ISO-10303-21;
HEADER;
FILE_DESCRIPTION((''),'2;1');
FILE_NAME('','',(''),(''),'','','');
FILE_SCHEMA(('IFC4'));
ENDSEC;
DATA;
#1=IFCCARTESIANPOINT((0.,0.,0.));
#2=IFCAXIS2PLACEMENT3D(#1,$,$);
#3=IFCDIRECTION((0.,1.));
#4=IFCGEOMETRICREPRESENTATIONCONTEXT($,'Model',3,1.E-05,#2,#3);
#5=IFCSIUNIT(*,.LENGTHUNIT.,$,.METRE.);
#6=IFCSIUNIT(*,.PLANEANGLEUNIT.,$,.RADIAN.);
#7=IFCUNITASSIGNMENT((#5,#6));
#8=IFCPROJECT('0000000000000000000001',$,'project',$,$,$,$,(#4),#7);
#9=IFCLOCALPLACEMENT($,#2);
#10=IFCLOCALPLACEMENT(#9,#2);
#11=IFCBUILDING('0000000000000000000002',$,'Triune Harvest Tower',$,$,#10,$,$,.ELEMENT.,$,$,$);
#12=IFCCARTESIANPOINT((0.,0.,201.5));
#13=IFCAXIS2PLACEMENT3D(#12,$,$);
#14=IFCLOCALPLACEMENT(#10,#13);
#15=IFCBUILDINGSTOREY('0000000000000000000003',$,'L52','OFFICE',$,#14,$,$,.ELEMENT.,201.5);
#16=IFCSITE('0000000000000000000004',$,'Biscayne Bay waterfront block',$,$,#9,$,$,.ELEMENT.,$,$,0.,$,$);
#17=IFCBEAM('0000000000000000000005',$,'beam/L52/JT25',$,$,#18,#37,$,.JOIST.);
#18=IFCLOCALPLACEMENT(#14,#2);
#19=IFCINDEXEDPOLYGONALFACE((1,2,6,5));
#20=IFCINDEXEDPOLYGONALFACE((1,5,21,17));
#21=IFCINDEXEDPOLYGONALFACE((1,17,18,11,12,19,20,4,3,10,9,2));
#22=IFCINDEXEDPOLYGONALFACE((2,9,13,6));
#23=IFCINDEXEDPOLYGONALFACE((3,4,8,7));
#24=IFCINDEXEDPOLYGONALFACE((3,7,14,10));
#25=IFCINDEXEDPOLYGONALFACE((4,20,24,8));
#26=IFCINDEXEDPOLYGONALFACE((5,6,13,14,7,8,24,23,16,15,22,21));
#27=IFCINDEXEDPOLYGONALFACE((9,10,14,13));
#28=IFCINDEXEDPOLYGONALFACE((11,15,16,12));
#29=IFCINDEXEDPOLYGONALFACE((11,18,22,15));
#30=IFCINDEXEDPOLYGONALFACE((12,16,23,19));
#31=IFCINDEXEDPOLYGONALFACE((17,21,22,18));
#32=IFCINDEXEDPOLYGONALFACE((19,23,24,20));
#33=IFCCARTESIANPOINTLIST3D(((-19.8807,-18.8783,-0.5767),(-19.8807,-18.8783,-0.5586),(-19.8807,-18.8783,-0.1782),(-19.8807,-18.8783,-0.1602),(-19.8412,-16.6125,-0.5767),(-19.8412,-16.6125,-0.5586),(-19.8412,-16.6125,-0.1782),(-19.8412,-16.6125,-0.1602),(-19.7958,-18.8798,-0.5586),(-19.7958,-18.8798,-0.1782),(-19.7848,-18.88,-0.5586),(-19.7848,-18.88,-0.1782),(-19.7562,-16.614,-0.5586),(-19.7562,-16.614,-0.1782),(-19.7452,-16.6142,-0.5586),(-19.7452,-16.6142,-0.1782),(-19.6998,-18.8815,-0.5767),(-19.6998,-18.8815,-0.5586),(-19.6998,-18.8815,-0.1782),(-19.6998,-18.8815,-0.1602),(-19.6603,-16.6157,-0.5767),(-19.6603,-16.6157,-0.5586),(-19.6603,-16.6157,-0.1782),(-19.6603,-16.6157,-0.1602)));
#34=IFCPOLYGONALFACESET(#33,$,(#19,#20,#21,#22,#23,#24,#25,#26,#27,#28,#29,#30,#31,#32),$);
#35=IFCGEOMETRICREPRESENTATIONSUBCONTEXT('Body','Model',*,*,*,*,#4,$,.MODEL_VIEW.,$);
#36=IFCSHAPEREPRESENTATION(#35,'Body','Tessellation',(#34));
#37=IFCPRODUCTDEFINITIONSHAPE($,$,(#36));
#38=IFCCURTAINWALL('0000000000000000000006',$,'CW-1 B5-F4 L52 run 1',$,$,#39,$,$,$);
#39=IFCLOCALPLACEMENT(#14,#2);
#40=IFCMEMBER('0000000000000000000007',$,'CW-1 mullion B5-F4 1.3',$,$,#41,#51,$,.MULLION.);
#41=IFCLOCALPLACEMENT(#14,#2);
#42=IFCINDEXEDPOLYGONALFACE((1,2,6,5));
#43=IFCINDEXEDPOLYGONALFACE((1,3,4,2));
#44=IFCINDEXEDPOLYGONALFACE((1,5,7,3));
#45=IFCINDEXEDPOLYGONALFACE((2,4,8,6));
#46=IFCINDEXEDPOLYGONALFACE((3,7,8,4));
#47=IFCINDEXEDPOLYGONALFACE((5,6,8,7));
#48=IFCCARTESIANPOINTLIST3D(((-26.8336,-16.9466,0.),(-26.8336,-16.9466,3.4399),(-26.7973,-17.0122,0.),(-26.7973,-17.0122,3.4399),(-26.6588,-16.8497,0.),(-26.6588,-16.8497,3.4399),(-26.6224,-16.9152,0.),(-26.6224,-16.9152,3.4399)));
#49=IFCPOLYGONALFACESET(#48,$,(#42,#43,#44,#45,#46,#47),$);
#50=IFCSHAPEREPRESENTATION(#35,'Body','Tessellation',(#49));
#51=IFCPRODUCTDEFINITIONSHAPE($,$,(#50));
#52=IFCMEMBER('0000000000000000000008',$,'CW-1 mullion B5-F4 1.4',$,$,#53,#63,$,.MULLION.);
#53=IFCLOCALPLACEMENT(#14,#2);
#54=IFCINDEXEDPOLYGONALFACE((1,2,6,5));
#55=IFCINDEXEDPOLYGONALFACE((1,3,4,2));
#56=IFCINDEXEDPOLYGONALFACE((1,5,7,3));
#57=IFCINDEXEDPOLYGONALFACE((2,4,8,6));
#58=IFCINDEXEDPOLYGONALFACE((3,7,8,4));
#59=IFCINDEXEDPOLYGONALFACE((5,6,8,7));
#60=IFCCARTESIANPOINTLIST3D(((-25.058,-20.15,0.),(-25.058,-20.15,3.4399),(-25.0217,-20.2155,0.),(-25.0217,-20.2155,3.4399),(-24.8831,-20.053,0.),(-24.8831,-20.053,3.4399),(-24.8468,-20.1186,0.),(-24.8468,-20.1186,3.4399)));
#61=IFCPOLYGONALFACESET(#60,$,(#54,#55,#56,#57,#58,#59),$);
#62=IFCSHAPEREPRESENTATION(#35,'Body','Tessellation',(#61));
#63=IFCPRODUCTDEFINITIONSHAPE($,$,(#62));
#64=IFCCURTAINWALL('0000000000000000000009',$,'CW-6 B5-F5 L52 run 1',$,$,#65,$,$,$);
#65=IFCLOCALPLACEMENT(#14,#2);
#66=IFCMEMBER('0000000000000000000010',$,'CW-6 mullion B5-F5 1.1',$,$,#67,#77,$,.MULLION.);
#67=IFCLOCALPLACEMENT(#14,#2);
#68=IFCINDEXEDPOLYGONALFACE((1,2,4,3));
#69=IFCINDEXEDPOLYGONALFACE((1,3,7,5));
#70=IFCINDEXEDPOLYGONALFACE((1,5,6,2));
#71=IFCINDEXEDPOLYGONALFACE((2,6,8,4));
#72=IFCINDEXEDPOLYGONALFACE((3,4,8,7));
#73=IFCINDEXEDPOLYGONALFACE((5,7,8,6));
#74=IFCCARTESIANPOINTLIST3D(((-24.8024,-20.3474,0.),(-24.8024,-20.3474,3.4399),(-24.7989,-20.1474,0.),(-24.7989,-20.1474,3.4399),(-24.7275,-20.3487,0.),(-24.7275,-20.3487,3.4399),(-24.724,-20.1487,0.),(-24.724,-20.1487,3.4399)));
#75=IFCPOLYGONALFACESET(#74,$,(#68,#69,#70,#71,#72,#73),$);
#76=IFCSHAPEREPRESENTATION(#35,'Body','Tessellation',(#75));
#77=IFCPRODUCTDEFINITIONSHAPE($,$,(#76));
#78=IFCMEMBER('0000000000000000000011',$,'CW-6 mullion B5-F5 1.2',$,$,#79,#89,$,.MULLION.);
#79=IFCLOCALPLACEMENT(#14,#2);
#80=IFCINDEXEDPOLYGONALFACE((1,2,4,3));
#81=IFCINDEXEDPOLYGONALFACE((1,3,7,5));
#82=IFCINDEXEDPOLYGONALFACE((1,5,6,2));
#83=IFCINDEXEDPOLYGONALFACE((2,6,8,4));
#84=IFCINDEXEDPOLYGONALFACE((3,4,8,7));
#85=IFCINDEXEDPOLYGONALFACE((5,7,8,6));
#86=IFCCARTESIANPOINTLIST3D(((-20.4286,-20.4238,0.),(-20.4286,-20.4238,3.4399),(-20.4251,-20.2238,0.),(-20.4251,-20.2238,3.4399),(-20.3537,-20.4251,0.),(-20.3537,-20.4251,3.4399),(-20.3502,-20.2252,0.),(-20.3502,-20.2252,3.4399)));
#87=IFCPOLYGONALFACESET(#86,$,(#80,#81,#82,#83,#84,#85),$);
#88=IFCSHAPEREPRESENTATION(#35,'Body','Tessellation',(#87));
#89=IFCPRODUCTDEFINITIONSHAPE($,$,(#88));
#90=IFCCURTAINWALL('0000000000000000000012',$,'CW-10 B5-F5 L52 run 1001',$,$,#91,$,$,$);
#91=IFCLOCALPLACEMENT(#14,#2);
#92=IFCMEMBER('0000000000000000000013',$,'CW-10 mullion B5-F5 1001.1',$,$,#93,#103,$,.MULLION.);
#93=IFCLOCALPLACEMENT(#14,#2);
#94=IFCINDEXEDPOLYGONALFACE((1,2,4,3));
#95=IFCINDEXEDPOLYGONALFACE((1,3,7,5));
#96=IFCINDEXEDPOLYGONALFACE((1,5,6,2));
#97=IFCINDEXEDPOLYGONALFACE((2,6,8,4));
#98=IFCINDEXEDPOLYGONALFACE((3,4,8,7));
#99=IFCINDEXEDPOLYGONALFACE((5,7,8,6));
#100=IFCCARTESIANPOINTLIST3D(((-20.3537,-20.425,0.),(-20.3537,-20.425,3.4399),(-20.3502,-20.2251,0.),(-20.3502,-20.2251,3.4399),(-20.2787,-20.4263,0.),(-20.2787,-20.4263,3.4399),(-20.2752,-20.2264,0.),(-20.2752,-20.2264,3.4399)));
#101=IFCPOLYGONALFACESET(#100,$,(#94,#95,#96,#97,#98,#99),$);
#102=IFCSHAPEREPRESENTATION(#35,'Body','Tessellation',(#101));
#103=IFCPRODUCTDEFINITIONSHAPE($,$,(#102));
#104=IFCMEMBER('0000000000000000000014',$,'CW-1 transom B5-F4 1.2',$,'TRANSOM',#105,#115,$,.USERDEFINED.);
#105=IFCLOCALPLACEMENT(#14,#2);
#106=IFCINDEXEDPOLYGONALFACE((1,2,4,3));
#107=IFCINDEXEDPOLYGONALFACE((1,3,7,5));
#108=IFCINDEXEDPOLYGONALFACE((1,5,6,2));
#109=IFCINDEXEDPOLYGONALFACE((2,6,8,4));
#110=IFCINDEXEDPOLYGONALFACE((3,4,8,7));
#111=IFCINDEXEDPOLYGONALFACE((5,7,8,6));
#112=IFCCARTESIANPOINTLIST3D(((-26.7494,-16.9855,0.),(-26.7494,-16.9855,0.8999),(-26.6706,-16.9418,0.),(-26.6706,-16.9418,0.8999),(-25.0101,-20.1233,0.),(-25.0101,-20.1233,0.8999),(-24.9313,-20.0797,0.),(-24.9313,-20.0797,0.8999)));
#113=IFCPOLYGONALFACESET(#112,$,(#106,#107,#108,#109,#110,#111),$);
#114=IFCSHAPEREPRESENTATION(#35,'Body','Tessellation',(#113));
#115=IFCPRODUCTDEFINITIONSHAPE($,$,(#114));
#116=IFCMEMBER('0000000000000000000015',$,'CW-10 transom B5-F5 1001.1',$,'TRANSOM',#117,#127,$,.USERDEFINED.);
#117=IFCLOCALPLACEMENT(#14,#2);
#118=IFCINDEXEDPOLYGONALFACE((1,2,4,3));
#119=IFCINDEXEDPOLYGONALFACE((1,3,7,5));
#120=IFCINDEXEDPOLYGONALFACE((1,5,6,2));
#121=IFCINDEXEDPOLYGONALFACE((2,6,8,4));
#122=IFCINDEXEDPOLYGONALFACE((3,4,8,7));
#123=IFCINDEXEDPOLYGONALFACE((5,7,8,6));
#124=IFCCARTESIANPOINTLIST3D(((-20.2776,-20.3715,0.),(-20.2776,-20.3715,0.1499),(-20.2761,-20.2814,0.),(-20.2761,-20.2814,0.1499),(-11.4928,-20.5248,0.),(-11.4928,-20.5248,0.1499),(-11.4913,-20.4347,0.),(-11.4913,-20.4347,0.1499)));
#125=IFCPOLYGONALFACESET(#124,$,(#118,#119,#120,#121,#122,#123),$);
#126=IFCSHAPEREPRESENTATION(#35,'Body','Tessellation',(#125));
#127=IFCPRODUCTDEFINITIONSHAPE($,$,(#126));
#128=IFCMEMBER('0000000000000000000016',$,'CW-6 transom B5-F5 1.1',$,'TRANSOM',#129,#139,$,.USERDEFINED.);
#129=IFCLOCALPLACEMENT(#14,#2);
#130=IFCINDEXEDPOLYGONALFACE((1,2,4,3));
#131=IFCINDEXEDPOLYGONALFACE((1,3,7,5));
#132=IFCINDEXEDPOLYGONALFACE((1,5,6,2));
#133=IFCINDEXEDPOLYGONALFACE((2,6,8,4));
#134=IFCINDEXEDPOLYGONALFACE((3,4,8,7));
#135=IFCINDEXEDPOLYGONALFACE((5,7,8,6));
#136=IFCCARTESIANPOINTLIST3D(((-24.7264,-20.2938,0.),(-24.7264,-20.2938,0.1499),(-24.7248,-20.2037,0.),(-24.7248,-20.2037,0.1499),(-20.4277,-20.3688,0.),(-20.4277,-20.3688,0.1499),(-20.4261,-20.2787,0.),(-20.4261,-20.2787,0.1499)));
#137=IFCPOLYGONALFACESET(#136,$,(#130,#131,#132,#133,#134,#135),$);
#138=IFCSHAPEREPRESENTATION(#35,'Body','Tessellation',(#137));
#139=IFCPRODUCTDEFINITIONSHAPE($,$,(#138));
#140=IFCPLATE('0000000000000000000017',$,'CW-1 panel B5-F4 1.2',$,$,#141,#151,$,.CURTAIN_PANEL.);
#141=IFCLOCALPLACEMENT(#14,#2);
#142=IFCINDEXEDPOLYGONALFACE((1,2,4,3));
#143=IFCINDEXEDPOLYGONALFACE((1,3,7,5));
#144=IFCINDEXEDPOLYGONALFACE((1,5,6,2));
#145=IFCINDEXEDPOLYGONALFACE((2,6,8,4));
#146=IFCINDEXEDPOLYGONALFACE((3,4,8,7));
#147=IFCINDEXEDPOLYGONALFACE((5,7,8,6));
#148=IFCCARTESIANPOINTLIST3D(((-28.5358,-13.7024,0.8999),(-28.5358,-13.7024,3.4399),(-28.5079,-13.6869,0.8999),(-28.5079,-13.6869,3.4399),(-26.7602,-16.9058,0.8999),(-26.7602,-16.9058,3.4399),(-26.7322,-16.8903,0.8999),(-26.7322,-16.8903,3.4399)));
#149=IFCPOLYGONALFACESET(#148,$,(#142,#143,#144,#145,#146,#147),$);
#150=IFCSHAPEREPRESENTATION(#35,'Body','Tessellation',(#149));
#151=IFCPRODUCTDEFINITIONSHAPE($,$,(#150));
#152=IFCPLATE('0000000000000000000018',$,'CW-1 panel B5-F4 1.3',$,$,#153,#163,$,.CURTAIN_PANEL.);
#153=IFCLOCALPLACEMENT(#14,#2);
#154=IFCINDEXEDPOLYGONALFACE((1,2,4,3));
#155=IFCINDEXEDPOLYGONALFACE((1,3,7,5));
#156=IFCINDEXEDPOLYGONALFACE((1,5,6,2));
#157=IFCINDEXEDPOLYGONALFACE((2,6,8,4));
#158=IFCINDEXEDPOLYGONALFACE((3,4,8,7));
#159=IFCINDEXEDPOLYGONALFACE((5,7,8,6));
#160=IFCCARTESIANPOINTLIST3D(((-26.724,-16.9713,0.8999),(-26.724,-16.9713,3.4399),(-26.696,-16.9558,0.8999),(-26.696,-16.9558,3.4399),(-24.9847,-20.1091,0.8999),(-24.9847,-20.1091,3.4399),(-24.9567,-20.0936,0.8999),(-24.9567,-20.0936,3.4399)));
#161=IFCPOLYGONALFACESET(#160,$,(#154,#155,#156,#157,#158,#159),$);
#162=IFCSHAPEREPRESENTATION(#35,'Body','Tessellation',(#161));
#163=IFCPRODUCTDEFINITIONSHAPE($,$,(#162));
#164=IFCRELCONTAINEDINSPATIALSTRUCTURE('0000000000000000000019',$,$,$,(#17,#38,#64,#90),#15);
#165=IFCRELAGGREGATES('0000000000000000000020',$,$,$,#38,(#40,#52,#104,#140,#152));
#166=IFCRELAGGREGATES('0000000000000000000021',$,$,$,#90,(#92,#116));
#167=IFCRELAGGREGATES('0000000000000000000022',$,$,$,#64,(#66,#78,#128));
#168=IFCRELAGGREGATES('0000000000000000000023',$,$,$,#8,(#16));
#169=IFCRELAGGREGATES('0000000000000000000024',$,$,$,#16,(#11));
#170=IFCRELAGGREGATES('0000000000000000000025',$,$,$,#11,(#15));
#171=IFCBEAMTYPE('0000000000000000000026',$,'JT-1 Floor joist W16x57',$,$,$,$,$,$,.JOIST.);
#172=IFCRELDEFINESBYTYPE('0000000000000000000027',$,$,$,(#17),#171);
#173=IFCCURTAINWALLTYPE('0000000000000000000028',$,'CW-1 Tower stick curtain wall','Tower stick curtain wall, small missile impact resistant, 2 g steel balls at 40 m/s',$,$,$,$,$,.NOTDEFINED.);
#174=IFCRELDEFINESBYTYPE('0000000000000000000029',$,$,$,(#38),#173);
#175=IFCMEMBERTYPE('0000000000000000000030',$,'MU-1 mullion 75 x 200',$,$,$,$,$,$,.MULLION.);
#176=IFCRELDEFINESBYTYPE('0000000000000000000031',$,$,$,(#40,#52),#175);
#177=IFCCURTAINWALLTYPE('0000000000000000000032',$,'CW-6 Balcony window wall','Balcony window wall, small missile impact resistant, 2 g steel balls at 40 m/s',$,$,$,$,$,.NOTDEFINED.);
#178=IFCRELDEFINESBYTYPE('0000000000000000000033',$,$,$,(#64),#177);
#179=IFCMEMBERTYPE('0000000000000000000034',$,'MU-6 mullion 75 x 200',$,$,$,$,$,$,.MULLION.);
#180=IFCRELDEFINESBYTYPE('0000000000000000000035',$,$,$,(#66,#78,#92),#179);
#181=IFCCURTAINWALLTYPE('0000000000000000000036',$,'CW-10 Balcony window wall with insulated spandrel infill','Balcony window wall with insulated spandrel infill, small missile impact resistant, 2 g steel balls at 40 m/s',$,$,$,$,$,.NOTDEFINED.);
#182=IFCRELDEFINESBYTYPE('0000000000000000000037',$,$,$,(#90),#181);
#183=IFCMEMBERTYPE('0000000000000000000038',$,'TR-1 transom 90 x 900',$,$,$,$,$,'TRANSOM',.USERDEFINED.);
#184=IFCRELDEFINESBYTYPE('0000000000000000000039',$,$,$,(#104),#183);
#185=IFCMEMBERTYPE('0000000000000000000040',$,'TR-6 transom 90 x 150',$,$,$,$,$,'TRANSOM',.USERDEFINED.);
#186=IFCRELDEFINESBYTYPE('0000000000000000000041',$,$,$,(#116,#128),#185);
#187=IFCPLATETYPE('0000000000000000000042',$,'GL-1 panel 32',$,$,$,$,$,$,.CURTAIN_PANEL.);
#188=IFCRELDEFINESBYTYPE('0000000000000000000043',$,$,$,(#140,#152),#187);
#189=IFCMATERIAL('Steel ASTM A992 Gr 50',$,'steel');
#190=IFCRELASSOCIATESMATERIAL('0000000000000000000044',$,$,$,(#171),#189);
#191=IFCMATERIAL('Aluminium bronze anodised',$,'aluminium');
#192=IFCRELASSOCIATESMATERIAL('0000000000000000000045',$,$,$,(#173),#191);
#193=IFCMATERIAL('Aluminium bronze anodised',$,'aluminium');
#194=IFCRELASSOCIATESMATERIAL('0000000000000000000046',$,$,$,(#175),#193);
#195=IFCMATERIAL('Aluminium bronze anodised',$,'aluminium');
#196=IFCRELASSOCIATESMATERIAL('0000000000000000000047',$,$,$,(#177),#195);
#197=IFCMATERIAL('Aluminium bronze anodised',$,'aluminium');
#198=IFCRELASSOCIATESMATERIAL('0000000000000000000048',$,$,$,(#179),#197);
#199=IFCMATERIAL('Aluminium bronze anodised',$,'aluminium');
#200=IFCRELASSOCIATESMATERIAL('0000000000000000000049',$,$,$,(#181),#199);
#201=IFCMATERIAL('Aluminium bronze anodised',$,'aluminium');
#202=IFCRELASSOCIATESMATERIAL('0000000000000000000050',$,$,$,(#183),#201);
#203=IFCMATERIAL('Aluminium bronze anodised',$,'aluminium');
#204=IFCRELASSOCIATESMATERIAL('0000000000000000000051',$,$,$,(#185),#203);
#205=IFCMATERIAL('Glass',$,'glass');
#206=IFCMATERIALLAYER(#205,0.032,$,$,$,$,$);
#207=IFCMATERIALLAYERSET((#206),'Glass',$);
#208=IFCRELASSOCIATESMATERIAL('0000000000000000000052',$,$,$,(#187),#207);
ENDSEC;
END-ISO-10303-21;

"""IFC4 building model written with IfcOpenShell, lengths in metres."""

from ifc_helpers import new_model, si_unit, direction, frame, origin, origin_2d, place, context, subcontext, project, spatial, rectangle, i_section, extrude, source, transform, mapped, material, layer, layer_set, material_profile, profile_set, type_object, element, aggregate, save


model = new_model("IFC4")

# Units and contexts
model_context = context("Model", 3, precision=1e-05, world=origin(), true_north=direction((0.0, 1.0)))
body_context = subcontext(model_context, "Body", "Model", "MODEL_VIEW")
ifc_project = project(units=[si_unit("LENGTHUNIT", "METRE"), si_unit("PLANEANGLEUNIT", "RADIAN")], contexts=[model_context])

# Site, building, storey
site_placement = place(None, origin())
site = spatial("IfcSite", under=ifc_project, at=site_placement, Name="Biscayne Bay waterfront block", CompositionType="ELEMENT", RefElevation=0.0)
building_placement = place(site_placement, origin())
building = spatial("IfcBuilding", under=site, at=building_placement, Name="Triune Harvest Tower", CompositionType="ELEMENT")
storey_placement = place(building_placement, frame((0.0, 0.0, 201.5)))
storey = spatial("IfcBuildingStorey", under=building, at=storey_placement, Name="L52", Description="OFFICE", CompositionType="ELEMENT", Elevation=201.5)

# Beam
ifc_material_1 = material(Name="Steel ASTM A992 Gr 50", Category="steel")
ifc_material_profile_1 = material_profile(ifc_material_1, i_section(OverallWidth=0.1809, OverallDepth=0.4165, WebThickness=0.011, FlangeThickness=0.0181, at=origin_2d()), Name="W16x57")
ifc_profile_set_1 = profile_set([ifc_material_profile_1], Name="Steel ASTM A992 Gr 50")
beam_type_1 = type_object("IfcBeamType", Name="JT-1 Floor joist W16x57", PredefinedType="JOIST", material=ifc_profile_set_1)
shared_shape_1 = source(origin(), body_context, "Body", "SweptSolid", [
    extrude(i_section(OverallWidth=0.1809, OverallDepth=0.4165, WebThickness=0.011, FlangeThickness=0.0181, at=origin_2d()), origin(), (0.0, 0.0, 1.0), 2.2661),
])
beam_1_placement = place(storey_placement, frame((-19.7903, -18.8799, -0.3684), z_axis=(0.017452, 0.999848, 0.0), x_axis=(-0.999848, 0.017452, 0.0)))
element("IfcBeam", 1, at=beam_1_placement, inside=storey, type_object=beam_type_1, Name="beam/L52/JT25", PredefinedType="JOIST", context=body_context, shape_type="MappedRepresentation", body=[
    mapped(shared_shape_1, transform((0.0, 0.0, 0.0), scale=1.0)),
])

# Curtain walls, members
ifc_material_2 = material(Name="Aluminium bronze anodised", Category="aluminium")
curtain_wall_type_1 = type_object("IfcCurtainWallType", Name="CW-1 Tower stick curtain wall", Description="Tower stick curtain wall, small missile impact resistant, 2 g steel balls at 40 m/s", PredefinedType="NOTDEFINED", material=ifc_material_2)
curtain_wall_1_placement = place(storey_placement, origin())
curtain_wall_1 = element("IfcCurtainWall", 2, at=curtain_wall_1_placement, inside=storey, type_object=curtain_wall_type_1, Name="CW-1 B5-F4 L52 run 1")
ifc_material_3 = material(Name="Aluminium bronze anodised", Category="aluminium")
ifc_material_profile_2 = material_profile(ifc_material_3, rectangle(XDim=0.2, YDim=0.075, at=origin_2d()), Name="MU-1 mullion 75 x 200")
ifc_profile_set_2 = profile_set([ifc_material_profile_2], Name="Aluminium bronze anodised")
member_type_1 = type_object("IfcMemberType", Name="MU-1 mullion 75 x 200", PredefinedType="MULLION", material=ifc_profile_set_2)
shared_shape_2 = source(origin(), body_context, "Body", "SweptSolid", [
    extrude(rectangle(XDim=0.2, YDim=0.075, at=origin_2d()), origin(), (0.0, 0.0, 1.0), 3.4399),
])
member_1_placement = place(storey_placement, frame((-26.728, -16.9309, 0.0), z_axis=(0.0, 0.0, 1.0), x_axis=(0.874624, 0.484802, 0.0)))
member_1 = element("IfcMember", 3, at=member_1_placement, type_object=member_type_1, Name="CW-1 mullion B5-F4 1.3", PredefinedType="MULLION", context=body_context, shape_type="MappedRepresentation", body=[
    mapped(shared_shape_2, transform((0.0, 0.0, 0.0), scale=1.0)),
])
member_2_placement = place(storey_placement, frame((-24.9524, -20.1343, 0.0), z_axis=(0.0, 0.0, 1.0), x_axis=(0.874624, 0.484802, 0.0)))
member_2 = element("IfcMember", 4, at=member_2_placement, type_object=member_type_1, Name="CW-1 mullion B5-F4 1.4", PredefinedType="MULLION", context=body_context, shape_type="MappedRepresentation", body=[
    mapped(shared_shape_2, transform((0.0, 0.0, 0.0), scale=1.0)),
])
ifc_material_4 = material(Name="Aluminium bronze anodised", Category="aluminium")
curtain_wall_type_2 = type_object("IfcCurtainWallType", Name="CW-6 Balcony window wall", Description="Balcony window wall, small missile impact resistant, 2 g steel balls at 40 m/s", PredefinedType="NOTDEFINED", material=ifc_material_4)
curtain_wall_2_placement = place(storey_placement, origin())
curtain_wall_2 = element("IfcCurtainWall", 5, at=curtain_wall_2_placement, inside=storey, type_object=curtain_wall_type_2, Name="CW-6 B5-F5 L52 run 1")
ifc_material_5 = material(Name="Aluminium bronze anodised", Category="aluminium")
ifc_material_profile_3 = material_profile(ifc_material_5, rectangle(XDim=0.2, YDim=0.075, at=origin_2d()), Name="MU-6 mullion 75 x 200")
ifc_profile_set_3 = profile_set([ifc_material_profile_3], Name="Aluminium bronze anodised")
member_type_2 = type_object("IfcMemberType", Name="MU-6 mullion 75 x 200", PredefinedType="MULLION", material=ifc_profile_set_3)
shared_shape_3 = source(origin(), body_context, "Body", "SweptSolid", [
    extrude(rectangle(XDim=0.2, YDim=0.075, at=origin_2d()), origin(), (0.0, 0.0, 1.0), 3.4399),
])
member_3_placement = place(storey_placement, frame((-24.7632, -20.248, 0.0), z_axis=(0.0, 0.0, 1.0), x_axis=(0.017447, 0.999848, 0.0)))
member_3 = element("IfcMember", 6, at=member_3_placement, type_object=member_type_2, Name="CW-6 mullion B5-F5 1.1", PredefinedType="MULLION", context=body_context, shape_type="MappedRepresentation", body=[
    mapped(shared_shape_3, transform((0.0, 0.0, 0.0), scale=1.0)),
])
member_4_placement = place(storey_placement, frame((-20.3894, -20.3245, 0.0), z_axis=(0.0, 0.0, 1.0), x_axis=(0.017447, 0.999848, 0.0)))
member_4 = element("IfcMember", 7, at=member_4_placement, type_object=member_type_2, Name="CW-6 mullion B5-F5 1.2", PredefinedType="MULLION", context=body_context, shape_type="MappedRepresentation", body=[
    mapped(shared_shape_3, transform((0.0, 0.0, 0.0), scale=1.0)),
])

# Curtain wall, member
ifc_material_6 = material(Name="Aluminium bronze anodised", Category="aluminium")
curtain_wall_type_3 = type_object("IfcCurtainWallType", Name="CW-10 Balcony window wall with insulated spandrel infill", Description="Balcony window wall with insulated spandrel infill, small missile impact resistant, 2 g steel balls at 40 m/s", PredefinedType="NOTDEFINED", material=ifc_material_6)
curtain_wall_3_placement = place(storey_placement, origin())
curtain_wall_3 = element("IfcCurtainWall", 8, at=curtain_wall_3_placement, inside=storey, type_object=curtain_wall_type_3, Name="CW-10 B5-F5 L52 run 1001")
member_5_placement = place(storey_placement, frame((-20.3145, -20.3257, 0.0), z_axis=(0.0, 0.0, 1.0), x_axis=(0.017452, 0.999848, 0.0)))
member_5 = element("IfcMember", 9, at=member_5_placement, type_object=member_type_2, Name="CW-10 mullion B5-F5 1001.1", PredefinedType="MULLION", context=body_context, shape_type="MappedRepresentation", body=[
    mapped(shared_shape_3, transform((0.0, 0.0, 0.0), scale=1.0)),
])

# Members
ifc_material_7 = material(Name="Aluminium bronze anodised", Category="aluminium")
ifc_material_profile_4 = material_profile(ifc_material_7, rectangle(XDim=0.0901, YDim=0.8999, at=origin_2d()), Name="TR-1 transom 90 x 900")
ifc_profile_set_4 = profile_set([ifc_material_profile_4], Name="Aluminium bronze anodised")
member_type_3 = type_object("IfcMemberType", Name="TR-1 transom 90 x 900", ElementType="TRANSOM", PredefinedType="USERDEFINED", material=ifc_profile_set_4)
shared_shape_4 = source(origin(), body_context, "Body", "SweptSolid", [
    extrude(rectangle(XDim=0.0901, YDim=0.8999, at=origin_2d()), origin(), (0.0, 0.0, 1.0), 3.5876),
])
member_6_placement = place(storey_placement, frame((-26.71, -16.9636, 0.45), z_axis=(0.484782, -0.874635, 0.0), x_axis=(0.874635, 0.484782, 0.0)))
member_6 = element("IfcMember", 10, at=member_6_placement, type_object=member_type_3, Name="CW-1 transom B5-F4 1.2", ObjectType="TRANSOM", PredefinedType="USERDEFINED", context=body_context, shape_type="MappedRepresentation", body=[
    mapped(shared_shape_4, transform((0.0, 0.0, 0.0), scale=1.0)),
])
ifc_material_8 = material(Name="Aluminium bronze anodised", Category="aluminium")
ifc_material_profile_5 = material_profile(ifc_material_8, rectangle(XDim=0.0901, YDim=0.1499, at=origin_2d()), Name="TR-6 transom 90 x 150")
ifc_profile_set_5 = profile_set([ifc_material_profile_5], Name="Aluminium bronze anodised")
member_type_4 = type_object("IfcMemberType", Name="TR-6 transom 90 x 150", ElementType="TRANSOM", PredefinedType="USERDEFINED", material=ifc_profile_set_5)
shared_shape_5 = source(origin(), body_context, "Body", "SweptSolid", [
    extrude(rectangle(XDim=0.0901, YDim=0.1499, at=origin_2d()), origin(), (0.0, 0.0, 1.0), 8.7861),
])
member_7_placement = place(storey_placement, frame((-20.2769, -20.3264, 0.075), z_axis=(0.999848, -0.01745, 0.0), x_axis=(0.01745, 0.999848, 0.0)))
member_7 = element("IfcMember", 11, at=member_7_placement, type_object=member_type_4, Name="CW-10 transom B5-F5 1001.1", ObjectType="TRANSOM", PredefinedType="USERDEFINED", context=body_context, shape_type="MappedRepresentation", body=[
    mapped(shared_shape_5, transform((0.0, 0.0, 0.0), scale=1.0)),
])
shared_shape_6 = source(origin(), body_context, "Body", "SweptSolid", [
    extrude(rectangle(XDim=0.0901, YDim=0.1499, at=origin_2d()), origin(), (0.0, 0.0, 1.0), 4.2993),
])
member_8_placement = place(storey_placement, frame((-24.7256, -20.2488, 0.075), z_axis=(0.999848, -0.017434, 0.0), x_axis=(0.017434, 0.999848, 0.0)))
member_8 = element("IfcMember", 12, at=member_8_placement, type_object=member_type_4, Name="CW-6 transom B5-F5 1.1", ObjectType="TRANSOM", PredefinedType="USERDEFINED", context=body_context, shape_type="MappedRepresentation", body=[
    mapped(shared_shape_6, transform((0.0, 0.0, 0.0), scale=1.0)),
])

# Plates
ifc_material_9 = material(Name="Glass", Category="glass")
ifc_layer_1 = layer(ifc_material_9, 0.032)
ifc_layer_set_1 = layer_set([ifc_layer_1], Name="Glass")
plate_type_1 = type_object("IfcPlateType", Name="GL-1 panel 32", PredefinedType="CURTAIN_PANEL", material=ifc_layer_set_1)
shared_shape_7 = source(origin(), body_context, "Body", "SweptSolid", [
    extrude(rectangle(XDim=3.6626, YDim=0.032, at=origin_2d()), origin(), (0.0, 0.0, 1.0), 2.54),
])
plate_1_placement = place(storey_placement, frame((-27.634, -15.2964, 0.8999), z_axis=(0.0, 0.0, 1.0), x_axis=(0.484802, -0.874624, 0.0)))
plate_1 = element("IfcPlate", 13, at=plate_1_placement, type_object=plate_type_1, Name="CW-1 panel B5-F4 1.2", PredefinedType="CURTAIN_PANEL", context=body_context, shape_type="MappedRepresentation", body=[
    mapped(shared_shape_7, transform((0.0, 0.0, 0.0), scale=1.0)),
])
shared_shape_8 = source(origin(), body_context, "Body", "SweptSolid", [
    extrude(rectangle(XDim=3.5876, YDim=0.032, at=origin_2d()), origin(), (0.0, 0.0, 1.0), 2.54),
])
plate_2_placement = place(storey_placement, frame((-25.8403, -18.5325, 0.8999), z_axis=(0.0, 0.0, 1.0), x_axis=(0.484802, -0.874624, 0.0)))
plate_2 = element("IfcPlate", 14, at=plate_2_placement, type_object=plate_type_1, Name="CW-1 panel B5-F4 1.3", PredefinedType="CURTAIN_PANEL", context=body_context, shape_type="MappedRepresentation", body=[
    mapped(shared_shape_8, transform((0.0, 0.0, 0.0), scale=1.0)),
])
aggregate(curtain_wall_1, [member_1, member_2, member_6, plate_1, plate_2])
aggregate(curtain_wall_3, [member_5, member_7])
aggregate(curtain_wall_2, [member_3, member_4, member_8])

save(model, "model.ifc")
